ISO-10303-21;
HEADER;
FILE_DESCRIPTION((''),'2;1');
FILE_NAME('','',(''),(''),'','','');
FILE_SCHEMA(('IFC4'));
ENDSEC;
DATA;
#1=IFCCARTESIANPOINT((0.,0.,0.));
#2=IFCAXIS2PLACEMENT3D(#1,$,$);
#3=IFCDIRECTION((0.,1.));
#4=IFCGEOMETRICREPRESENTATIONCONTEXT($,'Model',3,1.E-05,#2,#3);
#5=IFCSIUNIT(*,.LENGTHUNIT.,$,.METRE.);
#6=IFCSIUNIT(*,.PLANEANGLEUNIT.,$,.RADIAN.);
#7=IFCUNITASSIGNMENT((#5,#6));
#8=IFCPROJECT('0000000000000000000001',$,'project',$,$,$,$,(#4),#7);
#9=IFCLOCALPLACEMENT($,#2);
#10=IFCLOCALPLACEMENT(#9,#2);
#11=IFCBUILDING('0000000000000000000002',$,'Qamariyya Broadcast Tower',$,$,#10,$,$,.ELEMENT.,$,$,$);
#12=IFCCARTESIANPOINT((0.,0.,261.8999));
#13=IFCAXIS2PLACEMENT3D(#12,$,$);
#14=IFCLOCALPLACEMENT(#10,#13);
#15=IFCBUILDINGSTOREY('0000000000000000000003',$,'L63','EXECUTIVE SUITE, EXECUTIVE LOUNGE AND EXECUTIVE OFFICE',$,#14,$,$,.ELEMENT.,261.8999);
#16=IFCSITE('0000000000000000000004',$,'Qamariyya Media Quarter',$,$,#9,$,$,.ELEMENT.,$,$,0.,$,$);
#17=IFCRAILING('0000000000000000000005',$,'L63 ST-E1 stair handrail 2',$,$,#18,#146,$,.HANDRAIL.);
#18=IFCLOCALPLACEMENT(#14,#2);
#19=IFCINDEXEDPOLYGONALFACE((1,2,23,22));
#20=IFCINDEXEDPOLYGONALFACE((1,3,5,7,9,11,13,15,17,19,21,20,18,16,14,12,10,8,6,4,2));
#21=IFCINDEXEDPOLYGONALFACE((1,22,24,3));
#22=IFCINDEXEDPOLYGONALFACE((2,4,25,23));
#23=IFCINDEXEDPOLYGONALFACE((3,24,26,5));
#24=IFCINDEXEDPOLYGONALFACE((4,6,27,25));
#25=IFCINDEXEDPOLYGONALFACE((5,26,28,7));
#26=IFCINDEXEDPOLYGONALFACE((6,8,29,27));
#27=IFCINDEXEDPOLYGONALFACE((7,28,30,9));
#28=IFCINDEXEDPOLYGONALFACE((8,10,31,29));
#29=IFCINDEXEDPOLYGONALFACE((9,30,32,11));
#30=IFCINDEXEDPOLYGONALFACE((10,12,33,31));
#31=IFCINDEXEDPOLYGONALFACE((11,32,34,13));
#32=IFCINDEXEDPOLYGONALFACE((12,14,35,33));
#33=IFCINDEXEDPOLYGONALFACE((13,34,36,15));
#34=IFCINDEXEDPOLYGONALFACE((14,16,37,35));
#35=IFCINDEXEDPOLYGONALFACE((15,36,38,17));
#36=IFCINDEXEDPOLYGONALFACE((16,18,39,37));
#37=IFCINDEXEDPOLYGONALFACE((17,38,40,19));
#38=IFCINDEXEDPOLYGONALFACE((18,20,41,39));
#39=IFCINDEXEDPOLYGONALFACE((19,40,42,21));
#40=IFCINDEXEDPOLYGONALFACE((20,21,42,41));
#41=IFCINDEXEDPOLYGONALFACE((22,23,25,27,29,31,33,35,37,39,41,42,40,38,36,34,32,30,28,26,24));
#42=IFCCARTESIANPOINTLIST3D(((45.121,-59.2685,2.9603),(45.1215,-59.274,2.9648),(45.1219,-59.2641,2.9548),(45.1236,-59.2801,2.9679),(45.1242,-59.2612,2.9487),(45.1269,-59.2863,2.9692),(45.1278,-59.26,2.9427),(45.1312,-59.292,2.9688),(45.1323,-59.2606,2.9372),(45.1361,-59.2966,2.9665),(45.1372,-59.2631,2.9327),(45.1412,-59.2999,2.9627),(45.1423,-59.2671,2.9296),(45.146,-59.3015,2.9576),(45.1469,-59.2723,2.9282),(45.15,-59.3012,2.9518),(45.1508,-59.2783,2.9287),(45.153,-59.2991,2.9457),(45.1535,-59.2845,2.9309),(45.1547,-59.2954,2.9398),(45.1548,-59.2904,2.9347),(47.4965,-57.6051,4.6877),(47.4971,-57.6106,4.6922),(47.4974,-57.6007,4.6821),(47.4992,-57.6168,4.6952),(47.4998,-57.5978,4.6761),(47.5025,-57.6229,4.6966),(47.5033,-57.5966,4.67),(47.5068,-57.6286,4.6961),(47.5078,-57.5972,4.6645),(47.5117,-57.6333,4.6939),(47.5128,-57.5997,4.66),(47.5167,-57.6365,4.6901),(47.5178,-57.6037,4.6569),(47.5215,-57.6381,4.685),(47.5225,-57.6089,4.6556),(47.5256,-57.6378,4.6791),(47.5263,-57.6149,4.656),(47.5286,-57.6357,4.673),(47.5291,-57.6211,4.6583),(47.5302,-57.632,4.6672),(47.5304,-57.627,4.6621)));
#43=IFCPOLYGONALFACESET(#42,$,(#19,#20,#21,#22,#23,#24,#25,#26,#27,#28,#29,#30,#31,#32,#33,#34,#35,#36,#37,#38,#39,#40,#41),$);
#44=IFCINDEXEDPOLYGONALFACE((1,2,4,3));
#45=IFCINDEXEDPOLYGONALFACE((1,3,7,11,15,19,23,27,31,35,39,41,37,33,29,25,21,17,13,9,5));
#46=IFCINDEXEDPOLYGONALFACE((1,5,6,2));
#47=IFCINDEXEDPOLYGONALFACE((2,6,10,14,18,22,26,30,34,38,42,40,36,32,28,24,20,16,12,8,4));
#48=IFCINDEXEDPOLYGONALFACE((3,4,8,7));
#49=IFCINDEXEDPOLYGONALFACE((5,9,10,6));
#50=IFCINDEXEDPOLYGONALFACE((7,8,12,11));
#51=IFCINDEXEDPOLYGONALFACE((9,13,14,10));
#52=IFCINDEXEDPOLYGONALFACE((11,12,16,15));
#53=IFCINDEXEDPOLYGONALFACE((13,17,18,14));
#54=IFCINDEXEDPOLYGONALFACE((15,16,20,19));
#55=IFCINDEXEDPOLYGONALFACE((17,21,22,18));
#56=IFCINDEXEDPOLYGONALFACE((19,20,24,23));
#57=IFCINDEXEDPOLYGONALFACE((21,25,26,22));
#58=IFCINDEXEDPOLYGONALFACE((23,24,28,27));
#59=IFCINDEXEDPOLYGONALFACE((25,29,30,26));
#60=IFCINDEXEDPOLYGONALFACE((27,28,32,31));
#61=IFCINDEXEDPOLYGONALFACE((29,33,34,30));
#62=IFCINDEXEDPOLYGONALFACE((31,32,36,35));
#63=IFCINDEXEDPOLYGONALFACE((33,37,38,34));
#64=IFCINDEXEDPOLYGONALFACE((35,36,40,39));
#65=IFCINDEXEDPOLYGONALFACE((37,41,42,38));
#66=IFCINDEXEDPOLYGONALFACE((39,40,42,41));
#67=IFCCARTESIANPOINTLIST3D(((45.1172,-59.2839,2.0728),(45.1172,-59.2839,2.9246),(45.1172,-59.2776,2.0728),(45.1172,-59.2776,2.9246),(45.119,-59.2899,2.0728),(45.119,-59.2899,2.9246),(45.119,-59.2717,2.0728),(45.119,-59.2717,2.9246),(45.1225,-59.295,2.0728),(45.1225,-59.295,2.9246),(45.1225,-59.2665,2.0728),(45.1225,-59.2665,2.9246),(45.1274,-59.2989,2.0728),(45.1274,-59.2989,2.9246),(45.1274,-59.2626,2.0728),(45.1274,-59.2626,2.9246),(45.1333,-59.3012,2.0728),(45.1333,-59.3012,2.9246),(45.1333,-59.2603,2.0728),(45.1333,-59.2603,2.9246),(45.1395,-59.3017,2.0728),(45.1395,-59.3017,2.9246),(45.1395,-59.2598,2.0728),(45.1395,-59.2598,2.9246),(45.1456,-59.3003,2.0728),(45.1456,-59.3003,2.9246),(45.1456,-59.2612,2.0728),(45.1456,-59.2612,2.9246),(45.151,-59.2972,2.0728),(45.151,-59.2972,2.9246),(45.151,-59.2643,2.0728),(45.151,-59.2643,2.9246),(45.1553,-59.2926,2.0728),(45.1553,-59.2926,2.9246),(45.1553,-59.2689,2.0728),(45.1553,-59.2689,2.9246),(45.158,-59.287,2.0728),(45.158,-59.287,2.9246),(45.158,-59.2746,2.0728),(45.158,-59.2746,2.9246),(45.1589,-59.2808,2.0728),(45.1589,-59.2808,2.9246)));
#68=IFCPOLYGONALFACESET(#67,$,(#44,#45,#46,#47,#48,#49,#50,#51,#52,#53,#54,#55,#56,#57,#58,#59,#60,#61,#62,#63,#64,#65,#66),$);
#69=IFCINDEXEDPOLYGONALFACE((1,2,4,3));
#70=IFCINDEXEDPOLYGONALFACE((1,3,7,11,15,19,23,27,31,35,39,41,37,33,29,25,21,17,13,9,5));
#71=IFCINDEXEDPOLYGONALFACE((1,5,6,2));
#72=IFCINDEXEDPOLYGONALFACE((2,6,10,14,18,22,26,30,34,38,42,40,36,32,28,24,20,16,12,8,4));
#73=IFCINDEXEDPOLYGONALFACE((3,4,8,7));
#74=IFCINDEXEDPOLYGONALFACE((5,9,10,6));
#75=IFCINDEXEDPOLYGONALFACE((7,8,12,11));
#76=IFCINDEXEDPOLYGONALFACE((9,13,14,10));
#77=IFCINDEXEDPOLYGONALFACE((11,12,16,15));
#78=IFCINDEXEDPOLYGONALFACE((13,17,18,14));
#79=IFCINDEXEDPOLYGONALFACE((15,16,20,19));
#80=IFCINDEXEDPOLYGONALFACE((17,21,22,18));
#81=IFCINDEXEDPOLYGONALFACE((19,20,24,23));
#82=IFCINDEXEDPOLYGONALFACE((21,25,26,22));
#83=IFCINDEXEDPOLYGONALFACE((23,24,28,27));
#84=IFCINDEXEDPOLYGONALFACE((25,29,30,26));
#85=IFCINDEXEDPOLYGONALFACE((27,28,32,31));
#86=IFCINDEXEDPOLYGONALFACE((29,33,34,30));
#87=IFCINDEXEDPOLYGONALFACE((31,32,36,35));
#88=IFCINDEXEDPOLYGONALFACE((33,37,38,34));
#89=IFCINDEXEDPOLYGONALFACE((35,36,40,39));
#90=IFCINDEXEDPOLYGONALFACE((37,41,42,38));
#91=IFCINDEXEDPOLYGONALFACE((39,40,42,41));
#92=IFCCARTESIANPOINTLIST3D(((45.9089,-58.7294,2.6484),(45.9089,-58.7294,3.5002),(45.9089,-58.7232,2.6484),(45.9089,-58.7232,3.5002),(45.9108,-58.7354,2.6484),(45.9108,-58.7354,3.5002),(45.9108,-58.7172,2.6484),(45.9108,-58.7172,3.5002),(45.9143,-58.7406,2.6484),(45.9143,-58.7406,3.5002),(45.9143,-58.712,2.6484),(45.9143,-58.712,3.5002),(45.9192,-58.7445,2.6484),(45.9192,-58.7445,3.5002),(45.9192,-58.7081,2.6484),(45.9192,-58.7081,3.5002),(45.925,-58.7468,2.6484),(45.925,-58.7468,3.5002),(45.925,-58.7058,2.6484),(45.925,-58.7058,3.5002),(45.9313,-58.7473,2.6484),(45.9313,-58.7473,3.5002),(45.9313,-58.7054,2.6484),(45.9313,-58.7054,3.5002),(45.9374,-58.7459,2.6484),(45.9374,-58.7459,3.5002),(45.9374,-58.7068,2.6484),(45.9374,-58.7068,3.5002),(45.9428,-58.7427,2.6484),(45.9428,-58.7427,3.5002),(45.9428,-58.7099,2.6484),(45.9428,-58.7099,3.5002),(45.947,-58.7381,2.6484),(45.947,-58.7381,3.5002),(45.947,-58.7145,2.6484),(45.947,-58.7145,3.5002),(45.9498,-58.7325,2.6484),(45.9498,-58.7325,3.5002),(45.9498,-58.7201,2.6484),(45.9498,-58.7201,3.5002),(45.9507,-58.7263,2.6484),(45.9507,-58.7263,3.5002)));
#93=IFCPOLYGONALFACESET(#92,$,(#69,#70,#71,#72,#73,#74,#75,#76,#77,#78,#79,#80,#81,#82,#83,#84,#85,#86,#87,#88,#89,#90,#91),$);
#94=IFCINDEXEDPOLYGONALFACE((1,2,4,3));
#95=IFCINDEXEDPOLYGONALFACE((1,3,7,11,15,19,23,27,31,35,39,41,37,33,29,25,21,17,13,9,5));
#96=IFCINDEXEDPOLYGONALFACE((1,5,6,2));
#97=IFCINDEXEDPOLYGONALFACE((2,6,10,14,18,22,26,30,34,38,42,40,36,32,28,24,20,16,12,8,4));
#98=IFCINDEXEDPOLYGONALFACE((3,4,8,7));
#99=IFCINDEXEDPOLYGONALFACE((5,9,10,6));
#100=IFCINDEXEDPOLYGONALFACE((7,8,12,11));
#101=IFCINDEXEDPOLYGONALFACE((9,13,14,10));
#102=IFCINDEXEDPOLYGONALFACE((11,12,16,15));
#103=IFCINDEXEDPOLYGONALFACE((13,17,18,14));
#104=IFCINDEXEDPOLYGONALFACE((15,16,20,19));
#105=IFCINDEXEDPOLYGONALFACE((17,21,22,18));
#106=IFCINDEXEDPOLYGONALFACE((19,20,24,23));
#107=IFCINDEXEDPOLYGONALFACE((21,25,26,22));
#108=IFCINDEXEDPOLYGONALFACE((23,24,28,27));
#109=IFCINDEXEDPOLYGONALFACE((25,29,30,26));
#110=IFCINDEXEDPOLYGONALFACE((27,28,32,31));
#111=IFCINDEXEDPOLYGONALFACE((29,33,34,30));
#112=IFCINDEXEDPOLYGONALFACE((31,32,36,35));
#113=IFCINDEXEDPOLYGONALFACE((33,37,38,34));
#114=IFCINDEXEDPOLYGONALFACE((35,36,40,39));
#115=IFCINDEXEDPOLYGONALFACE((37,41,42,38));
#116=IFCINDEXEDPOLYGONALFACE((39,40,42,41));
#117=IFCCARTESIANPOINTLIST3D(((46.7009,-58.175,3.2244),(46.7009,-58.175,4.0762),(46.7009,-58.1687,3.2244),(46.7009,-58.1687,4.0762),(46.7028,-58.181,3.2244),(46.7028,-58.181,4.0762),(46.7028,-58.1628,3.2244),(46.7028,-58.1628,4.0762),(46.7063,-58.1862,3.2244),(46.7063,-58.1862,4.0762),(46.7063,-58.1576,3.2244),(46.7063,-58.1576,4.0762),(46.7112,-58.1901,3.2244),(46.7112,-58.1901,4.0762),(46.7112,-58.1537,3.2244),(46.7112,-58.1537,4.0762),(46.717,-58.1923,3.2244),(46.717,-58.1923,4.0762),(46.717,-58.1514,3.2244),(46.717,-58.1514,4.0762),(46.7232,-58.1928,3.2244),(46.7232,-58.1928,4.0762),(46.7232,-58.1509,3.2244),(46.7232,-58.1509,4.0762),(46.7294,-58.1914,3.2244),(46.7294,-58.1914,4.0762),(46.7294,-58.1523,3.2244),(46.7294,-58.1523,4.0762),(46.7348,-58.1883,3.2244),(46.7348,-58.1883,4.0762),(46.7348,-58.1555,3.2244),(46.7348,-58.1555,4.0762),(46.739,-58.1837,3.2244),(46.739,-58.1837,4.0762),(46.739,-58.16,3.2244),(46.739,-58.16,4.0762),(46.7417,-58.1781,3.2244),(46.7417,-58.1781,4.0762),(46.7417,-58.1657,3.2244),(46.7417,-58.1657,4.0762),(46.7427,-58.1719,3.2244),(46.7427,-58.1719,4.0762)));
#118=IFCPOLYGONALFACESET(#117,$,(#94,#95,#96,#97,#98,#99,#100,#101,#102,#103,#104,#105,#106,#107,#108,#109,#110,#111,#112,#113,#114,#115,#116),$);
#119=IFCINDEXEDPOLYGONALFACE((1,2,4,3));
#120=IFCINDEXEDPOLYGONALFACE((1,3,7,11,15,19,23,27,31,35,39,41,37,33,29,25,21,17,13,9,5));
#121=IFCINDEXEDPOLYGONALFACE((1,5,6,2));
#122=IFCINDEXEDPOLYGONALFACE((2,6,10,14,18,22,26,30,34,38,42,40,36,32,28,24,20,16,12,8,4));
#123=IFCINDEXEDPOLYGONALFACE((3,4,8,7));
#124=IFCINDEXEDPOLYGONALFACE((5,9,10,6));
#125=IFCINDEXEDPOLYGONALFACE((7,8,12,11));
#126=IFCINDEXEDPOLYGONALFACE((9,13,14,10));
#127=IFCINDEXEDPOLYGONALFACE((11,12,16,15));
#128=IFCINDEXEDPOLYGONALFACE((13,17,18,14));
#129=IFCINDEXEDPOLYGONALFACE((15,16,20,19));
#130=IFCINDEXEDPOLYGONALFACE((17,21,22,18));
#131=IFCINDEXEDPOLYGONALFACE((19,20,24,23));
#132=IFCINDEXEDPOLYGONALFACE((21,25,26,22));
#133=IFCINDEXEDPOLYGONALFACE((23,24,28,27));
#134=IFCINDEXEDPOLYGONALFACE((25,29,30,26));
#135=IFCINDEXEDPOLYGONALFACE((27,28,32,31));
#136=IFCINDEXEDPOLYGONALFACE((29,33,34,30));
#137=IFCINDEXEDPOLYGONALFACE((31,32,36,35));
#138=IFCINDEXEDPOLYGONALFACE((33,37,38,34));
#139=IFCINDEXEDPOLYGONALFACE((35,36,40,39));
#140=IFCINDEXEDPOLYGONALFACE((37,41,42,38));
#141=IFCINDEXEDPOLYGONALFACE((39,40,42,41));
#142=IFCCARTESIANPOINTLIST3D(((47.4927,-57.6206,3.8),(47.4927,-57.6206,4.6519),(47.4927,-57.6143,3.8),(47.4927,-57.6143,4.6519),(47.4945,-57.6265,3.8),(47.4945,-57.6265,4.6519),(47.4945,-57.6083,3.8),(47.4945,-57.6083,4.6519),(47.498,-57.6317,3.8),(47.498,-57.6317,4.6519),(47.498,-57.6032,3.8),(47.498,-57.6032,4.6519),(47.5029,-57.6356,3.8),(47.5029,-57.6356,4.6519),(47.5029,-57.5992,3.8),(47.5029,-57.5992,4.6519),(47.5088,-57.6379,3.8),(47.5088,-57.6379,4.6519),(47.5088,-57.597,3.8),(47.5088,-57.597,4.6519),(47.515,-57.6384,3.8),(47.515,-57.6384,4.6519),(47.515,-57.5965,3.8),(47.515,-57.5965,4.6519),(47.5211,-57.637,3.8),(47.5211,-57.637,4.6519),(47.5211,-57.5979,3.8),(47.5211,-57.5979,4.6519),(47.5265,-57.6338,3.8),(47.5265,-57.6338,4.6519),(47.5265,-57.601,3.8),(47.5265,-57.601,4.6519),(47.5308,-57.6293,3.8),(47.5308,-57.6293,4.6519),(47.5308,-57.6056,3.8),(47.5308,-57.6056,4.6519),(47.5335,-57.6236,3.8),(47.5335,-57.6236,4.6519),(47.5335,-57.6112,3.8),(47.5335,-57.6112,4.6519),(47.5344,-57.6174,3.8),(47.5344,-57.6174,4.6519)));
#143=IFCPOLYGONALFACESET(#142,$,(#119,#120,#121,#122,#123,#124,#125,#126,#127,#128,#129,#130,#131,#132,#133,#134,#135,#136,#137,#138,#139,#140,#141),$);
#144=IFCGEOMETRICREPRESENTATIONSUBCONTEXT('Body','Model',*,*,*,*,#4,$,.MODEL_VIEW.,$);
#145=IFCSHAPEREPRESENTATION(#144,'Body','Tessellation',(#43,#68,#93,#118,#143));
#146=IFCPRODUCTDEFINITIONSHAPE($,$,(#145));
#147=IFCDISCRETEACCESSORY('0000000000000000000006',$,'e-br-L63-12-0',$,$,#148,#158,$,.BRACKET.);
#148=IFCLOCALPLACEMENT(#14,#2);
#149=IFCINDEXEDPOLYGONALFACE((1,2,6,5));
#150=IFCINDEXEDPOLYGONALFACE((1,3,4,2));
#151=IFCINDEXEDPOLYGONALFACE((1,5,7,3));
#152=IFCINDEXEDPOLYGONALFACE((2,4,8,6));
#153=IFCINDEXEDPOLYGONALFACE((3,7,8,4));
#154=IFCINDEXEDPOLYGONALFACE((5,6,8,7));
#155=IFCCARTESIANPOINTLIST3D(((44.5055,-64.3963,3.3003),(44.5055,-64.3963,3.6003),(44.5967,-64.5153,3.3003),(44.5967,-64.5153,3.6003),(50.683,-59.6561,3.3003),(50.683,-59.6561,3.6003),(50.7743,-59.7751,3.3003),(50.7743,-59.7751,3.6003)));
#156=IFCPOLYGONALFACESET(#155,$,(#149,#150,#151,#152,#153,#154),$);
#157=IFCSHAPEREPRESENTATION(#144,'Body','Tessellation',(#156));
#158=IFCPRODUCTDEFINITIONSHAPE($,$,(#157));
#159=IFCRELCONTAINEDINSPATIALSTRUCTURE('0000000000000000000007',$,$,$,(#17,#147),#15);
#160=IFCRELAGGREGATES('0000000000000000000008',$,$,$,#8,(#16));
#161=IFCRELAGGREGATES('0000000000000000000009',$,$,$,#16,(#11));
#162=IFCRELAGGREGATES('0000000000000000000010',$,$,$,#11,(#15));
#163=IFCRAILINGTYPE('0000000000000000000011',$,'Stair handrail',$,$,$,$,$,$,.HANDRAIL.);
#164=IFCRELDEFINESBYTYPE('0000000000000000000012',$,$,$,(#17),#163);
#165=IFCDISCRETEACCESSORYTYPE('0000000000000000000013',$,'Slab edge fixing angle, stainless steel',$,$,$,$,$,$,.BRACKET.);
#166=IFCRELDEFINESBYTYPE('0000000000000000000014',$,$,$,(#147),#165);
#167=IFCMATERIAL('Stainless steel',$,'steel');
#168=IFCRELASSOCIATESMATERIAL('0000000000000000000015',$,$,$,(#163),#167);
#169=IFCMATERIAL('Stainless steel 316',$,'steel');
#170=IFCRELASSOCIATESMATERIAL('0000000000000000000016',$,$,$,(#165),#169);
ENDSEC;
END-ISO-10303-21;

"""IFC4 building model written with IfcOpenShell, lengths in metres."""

from ifc_helpers import new_model, si_unit, direction, frame, origin, origin_2d, place, context, subcontext, project, spatial, rectangle, circle, extrude, material, type_object, element, save


model = new_model("IFC4")

# Units and contexts
model_context = context("Model", 3, precision=1e-05, world=origin(), true_north=direction((0.0, 1.0)))
body_context = subcontext(model_context, "Body", "Model", "MODEL_VIEW")
ifc_project = project(units=[si_unit("LENGTHUNIT", "METRE"), si_unit("PLANEANGLEUNIT", "RADIAN")], contexts=[model_context])

# Site, building, storey
site_placement = place(None, origin())
site = spatial("IfcSite", under=ifc_project, at=site_placement, Name="Qamariyya Media Quarter", CompositionType="ELEMENT", RefElevation=0.0)
building_placement = place(site_placement, origin())
building = spatial("IfcBuilding", under=site, at=building_placement, Name="Qamariyya Broadcast Tower", CompositionType="ELEMENT")
storey_placement = place(building_placement, frame((0.0, 0.0, 261.8999)))
storey = spatial("IfcBuildingStorey", under=building, at=storey_placement, Name="L63", Description="EXECUTIVE SUITE, EXECUTIVE LOUNGE AND EXECUTIVE OFFICE", CompositionType="ELEMENT", Elevation=261.8999)

# Railing
ifc_material_1 = material(Name="Stainless steel", Category="steel")
railing_type_1 = type_object("IfcRailingType", Name="Stair handrail", PredefinedType="HANDRAIL", material=ifc_material_1)
railing_1_placement = place(storey_placement, frame((45.1379, -59.2808, 2.0728)))
element("IfcRailing", 1, at=railing_1_placement, inside=storey, type_object=railing_type_1, Name="L63 ST-E1 stair handrail 2", PredefinedType="HANDRAIL", context=body_context, shape_type="SweptSolid", body=[
    extrude(circle(Radius=0.0239, at=origin_2d()), frame((0.0, 0.0, 0.876), z_axis=(0.70377, 0.492784, 0.511734), x_axis=(-0.573575, 0.819153, 0.0)), (0.0, 0.0, 1.0), 3.3755),
    extrude(circle(Radius=0.021, at=origin_2d()), origin(), (0.0, 0.0, 1.0), 0.8518),
    extrude(circle(Radius=0.021, at=origin_2d()), frame((0.7917, 0.5544, 0.5757)), (0.0, 0.0, 1.0), 0.8518),
    extrude(circle(Radius=0.021, at=origin_2d()), frame((1.5837, 1.1089, 1.1516)), (0.0, 0.0, 1.0), 0.8518),
    extrude(circle(Radius=0.021, at=origin_2d()), frame((2.3755, 1.6633, 1.7273)), (0.0, 0.0, 1.0), 0.8518),
])

# Discrete accessory
ifc_material_2 = material(Name="Stainless steel 316", Category="steel")
discrete_accessory_type = type_object("IfcDiscreteAccessoryType", Name="Slab edge fixing angle, stainless steel", PredefinedType="BRACKET", material=ifc_material_2)
discrete_accessory_placement = place(storey_placement, frame((47.6399, -62.0857, 3.3003), z_axis=(0.0, 0.0, 1.0), x_axis=(0.793353, 0.608761, 0.0)))
element("IfcDiscreteAccessory", 2, at=discrete_accessory_placement, inside=storey, type_object=discrete_accessory_type, Name="e-br-L63-12-0", PredefinedType="BRACKET", context=body_context, shape_type="SweptSolid", body=[
    extrude(rectangle(XDim=7.7866, YDim=0.1499, at=origin_2d()), origin(), (0.0, 0.0, 1.0), 0.3),
])

save(model, "model.ifc")
